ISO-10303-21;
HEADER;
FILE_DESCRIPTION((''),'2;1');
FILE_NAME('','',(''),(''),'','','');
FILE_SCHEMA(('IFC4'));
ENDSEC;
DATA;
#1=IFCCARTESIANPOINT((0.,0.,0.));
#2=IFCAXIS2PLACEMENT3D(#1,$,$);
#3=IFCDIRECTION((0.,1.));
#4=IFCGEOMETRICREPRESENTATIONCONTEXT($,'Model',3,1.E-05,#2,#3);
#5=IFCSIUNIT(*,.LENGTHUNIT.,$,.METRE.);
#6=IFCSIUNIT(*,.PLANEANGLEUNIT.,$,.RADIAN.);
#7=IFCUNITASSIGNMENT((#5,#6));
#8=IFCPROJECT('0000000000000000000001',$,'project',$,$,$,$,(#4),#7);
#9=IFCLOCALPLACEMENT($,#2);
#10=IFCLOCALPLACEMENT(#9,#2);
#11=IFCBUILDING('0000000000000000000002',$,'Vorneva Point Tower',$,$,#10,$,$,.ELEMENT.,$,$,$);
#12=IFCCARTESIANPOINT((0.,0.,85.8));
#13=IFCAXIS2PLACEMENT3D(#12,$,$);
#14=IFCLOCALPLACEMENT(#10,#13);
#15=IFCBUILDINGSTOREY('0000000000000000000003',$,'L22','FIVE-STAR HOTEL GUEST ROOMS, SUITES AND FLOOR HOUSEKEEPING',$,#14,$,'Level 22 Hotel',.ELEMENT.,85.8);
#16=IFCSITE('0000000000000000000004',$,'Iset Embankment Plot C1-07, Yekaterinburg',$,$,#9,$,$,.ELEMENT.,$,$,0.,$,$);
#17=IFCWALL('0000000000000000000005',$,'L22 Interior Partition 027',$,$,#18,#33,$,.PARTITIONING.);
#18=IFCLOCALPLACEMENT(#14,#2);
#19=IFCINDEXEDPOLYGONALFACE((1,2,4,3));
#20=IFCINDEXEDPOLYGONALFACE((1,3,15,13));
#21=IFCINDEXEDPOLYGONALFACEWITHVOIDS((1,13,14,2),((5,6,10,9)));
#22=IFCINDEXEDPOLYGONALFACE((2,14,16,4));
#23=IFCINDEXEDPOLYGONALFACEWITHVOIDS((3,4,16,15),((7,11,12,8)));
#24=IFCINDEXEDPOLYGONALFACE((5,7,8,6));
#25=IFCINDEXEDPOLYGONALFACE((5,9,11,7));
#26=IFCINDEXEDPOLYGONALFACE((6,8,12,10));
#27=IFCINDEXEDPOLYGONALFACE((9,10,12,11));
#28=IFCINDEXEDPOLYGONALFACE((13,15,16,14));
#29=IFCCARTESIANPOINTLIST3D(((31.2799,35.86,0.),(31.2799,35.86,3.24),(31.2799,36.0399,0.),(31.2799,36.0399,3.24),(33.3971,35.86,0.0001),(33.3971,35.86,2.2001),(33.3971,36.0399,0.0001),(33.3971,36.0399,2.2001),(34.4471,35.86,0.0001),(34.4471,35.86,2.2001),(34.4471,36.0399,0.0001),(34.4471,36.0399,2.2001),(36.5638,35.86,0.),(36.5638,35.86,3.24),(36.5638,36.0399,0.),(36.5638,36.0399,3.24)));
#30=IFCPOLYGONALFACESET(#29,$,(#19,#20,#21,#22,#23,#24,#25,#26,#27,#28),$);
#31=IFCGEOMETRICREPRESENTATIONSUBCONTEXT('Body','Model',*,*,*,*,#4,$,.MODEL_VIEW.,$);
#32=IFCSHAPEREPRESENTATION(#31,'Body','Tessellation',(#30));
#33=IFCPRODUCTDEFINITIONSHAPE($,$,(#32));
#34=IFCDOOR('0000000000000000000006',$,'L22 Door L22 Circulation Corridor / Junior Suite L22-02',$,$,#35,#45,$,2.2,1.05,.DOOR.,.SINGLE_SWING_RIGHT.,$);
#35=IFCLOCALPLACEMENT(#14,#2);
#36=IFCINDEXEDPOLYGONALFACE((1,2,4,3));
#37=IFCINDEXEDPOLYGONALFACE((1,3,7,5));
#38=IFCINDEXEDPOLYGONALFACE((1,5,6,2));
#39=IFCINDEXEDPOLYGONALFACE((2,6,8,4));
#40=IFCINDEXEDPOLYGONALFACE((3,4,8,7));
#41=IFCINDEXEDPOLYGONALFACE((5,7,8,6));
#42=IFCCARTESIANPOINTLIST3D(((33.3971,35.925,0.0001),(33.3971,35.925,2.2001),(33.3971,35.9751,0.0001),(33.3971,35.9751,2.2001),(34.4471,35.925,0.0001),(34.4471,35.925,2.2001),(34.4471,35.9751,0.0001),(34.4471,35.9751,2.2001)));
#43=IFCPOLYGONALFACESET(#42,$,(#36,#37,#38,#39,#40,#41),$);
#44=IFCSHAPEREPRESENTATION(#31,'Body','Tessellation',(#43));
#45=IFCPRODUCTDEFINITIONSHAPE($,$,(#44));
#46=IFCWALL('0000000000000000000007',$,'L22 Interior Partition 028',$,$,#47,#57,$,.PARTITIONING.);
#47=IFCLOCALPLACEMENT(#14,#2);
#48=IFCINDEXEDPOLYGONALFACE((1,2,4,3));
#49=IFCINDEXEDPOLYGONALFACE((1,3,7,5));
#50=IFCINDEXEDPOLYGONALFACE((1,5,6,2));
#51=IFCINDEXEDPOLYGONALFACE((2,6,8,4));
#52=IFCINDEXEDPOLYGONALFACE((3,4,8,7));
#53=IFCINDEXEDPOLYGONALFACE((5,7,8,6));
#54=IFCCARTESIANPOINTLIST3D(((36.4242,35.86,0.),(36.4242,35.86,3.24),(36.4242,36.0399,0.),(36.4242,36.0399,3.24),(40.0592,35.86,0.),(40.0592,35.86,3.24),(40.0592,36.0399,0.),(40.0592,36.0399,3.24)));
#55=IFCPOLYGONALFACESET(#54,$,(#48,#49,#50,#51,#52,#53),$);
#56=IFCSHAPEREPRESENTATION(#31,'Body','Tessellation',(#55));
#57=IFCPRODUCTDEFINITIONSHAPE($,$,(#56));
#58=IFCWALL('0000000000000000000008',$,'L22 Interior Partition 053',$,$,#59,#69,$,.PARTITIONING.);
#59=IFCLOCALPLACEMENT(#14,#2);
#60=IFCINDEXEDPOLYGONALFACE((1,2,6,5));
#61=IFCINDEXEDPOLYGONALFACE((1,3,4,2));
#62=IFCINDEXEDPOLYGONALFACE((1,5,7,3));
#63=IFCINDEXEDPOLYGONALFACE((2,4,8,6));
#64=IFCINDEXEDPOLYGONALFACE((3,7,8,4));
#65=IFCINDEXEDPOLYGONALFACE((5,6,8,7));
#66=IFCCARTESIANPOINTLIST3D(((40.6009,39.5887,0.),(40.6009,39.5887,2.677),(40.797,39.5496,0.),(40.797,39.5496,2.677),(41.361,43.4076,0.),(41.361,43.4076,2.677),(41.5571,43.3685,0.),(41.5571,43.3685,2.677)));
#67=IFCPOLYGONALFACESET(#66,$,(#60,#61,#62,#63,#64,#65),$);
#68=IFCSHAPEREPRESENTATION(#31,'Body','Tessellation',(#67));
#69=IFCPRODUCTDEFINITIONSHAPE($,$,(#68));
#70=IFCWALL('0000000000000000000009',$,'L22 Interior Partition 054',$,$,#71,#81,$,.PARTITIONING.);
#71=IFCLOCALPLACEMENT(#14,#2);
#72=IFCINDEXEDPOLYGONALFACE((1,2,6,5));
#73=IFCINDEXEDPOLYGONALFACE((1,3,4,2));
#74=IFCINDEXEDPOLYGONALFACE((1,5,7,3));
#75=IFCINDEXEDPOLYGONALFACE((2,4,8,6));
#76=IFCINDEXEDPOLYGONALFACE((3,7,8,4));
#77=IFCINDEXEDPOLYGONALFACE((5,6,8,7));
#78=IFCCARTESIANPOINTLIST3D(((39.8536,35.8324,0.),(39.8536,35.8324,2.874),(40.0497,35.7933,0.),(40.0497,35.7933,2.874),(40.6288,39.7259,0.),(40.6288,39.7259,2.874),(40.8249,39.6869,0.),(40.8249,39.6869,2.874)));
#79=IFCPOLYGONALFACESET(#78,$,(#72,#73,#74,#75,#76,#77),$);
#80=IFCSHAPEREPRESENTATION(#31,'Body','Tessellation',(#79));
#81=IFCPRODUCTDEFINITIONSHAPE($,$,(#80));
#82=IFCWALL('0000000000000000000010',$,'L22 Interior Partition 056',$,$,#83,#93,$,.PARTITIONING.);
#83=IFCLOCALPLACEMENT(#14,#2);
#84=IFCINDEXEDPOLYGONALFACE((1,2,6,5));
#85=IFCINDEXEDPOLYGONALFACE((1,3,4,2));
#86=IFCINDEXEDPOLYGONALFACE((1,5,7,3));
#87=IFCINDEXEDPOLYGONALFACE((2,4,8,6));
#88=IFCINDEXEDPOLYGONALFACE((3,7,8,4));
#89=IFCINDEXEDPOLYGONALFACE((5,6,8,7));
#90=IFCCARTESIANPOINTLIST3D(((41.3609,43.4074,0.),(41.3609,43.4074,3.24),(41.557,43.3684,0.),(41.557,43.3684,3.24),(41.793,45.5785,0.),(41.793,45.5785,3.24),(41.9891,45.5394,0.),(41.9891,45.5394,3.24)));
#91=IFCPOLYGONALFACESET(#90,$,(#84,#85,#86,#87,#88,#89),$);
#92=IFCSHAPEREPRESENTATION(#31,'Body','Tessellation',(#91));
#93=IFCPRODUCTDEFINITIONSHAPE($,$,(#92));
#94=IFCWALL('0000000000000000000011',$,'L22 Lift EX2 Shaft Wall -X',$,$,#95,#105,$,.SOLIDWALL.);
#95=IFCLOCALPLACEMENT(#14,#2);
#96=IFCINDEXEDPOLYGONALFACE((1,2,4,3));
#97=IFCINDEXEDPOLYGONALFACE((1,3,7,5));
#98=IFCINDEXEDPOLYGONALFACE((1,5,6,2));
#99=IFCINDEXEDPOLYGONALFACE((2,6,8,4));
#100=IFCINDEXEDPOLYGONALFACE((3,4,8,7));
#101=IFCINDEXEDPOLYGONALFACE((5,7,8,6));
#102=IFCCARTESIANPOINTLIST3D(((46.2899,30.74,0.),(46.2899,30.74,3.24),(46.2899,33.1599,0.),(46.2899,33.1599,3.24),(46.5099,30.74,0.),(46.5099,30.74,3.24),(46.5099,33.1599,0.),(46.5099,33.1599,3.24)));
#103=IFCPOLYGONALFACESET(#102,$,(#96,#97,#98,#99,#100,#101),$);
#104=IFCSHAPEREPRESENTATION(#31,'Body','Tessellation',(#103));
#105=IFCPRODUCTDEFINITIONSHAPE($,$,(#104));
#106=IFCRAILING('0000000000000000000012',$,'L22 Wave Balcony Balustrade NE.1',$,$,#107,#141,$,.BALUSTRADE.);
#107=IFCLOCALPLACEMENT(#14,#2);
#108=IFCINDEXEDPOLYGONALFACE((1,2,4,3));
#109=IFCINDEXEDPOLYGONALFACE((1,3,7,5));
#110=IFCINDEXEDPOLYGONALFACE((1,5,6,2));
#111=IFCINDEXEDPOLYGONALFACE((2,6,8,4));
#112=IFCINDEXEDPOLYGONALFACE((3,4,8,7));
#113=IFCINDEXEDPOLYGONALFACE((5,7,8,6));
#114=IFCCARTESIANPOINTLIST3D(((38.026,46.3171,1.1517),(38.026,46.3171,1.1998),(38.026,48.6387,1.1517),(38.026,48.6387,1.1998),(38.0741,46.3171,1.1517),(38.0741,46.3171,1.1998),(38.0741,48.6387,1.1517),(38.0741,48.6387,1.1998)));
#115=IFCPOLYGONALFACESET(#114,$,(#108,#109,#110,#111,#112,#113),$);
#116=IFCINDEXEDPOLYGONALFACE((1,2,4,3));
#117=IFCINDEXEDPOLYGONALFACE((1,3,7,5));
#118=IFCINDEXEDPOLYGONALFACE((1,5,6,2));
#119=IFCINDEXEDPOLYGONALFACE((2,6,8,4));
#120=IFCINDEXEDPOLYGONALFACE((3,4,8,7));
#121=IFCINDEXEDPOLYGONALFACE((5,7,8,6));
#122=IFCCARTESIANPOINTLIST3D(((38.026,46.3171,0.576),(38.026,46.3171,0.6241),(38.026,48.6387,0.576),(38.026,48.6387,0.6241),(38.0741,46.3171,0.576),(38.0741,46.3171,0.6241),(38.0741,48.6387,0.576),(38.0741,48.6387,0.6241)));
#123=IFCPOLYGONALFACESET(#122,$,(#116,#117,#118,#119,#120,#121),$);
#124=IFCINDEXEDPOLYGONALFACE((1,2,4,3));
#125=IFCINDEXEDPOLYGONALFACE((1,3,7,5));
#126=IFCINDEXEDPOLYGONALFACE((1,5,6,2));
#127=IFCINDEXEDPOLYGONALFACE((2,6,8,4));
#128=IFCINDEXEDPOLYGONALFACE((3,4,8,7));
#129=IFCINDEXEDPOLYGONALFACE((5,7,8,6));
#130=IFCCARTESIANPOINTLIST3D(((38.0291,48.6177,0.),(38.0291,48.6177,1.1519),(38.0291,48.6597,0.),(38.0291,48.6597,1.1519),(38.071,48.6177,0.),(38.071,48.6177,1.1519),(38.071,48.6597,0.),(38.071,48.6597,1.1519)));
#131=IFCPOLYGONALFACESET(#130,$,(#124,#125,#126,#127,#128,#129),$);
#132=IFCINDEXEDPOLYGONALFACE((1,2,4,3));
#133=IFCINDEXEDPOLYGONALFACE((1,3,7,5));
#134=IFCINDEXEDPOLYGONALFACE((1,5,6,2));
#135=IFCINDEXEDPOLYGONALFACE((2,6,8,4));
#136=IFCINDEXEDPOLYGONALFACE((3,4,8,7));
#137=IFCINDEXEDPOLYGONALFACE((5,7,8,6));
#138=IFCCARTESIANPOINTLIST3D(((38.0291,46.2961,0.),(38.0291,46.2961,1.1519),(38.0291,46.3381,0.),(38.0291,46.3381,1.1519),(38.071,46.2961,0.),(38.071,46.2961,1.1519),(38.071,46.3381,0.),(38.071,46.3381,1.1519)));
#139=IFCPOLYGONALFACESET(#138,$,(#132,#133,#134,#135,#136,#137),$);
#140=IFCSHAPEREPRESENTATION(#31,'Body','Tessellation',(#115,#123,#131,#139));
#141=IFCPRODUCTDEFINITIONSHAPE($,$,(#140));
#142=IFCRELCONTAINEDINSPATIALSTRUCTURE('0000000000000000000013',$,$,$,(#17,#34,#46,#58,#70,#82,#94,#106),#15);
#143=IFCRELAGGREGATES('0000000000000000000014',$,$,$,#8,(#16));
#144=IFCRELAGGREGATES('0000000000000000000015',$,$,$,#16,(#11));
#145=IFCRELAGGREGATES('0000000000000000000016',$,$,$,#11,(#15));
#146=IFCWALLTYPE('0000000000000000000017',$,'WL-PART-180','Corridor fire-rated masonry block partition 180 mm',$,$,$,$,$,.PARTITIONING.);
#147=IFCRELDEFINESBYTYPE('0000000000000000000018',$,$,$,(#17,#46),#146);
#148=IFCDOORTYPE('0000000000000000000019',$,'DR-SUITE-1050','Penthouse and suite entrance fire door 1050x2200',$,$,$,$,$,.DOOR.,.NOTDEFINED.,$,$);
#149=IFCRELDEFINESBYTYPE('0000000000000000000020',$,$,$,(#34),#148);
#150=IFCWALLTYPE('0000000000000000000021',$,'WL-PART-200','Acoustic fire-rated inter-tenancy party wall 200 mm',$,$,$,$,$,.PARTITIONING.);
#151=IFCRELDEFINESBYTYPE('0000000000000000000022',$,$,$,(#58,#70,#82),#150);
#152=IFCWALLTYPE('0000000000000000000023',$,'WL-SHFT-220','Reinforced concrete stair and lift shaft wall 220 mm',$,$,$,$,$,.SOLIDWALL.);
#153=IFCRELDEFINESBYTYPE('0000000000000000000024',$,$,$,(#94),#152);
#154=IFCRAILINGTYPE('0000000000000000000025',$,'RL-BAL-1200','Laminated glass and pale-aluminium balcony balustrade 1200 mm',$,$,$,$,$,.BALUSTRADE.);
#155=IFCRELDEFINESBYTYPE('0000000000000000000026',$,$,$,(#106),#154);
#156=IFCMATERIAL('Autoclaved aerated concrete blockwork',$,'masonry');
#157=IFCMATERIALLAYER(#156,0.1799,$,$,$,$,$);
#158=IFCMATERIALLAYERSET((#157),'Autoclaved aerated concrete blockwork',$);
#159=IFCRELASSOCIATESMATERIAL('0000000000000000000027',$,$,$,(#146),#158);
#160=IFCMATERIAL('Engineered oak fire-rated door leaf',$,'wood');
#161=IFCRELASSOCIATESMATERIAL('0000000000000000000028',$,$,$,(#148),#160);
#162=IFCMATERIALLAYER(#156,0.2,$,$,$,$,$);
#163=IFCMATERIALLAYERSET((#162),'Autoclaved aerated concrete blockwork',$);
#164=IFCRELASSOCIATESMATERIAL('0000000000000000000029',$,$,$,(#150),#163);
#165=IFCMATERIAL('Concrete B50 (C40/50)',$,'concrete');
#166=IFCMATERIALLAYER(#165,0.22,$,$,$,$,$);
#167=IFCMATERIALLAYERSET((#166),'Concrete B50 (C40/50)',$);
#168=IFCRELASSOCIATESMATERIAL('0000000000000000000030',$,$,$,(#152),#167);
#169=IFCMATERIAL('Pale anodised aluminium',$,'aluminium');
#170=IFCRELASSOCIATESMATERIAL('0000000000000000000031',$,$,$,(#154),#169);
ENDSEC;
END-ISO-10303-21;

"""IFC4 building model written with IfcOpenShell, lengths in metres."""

from ifc_helpers import new_model, si_unit, direction, frame, frame_2d, origin, origin_2d, place, context, subcontext, project, spatial, rectangle, extrude, material, layer, layer_set, type_object, element, fill, save


model = new_model("IFC4")

# Units and contexts
model_context = context("Model", 3, precision=1e-05, world=origin(), true_north=direction((0.0, 1.0)))
body_context = subcontext(model_context, "Body", "Model", "MODEL_VIEW")
ifc_project = project(units=[si_unit("LENGTHUNIT", "METRE"), si_unit("PLANEANGLEUNIT", "RADIAN")], contexts=[model_context])

# Site, building, storey
site_placement = place(None, origin())
site = spatial("IfcSite", under=ifc_project, at=site_placement, Name="Iset Embankment Plot C1-07, Yekaterinburg", CompositionType="ELEMENT", RefElevation=0.0)
building_placement = place(site_placement, origin())
building = spatial("IfcBuilding", under=site, at=building_placement, Name="Vorneva Point Tower", CompositionType="ELEMENT")
storey_placement = place(building_placement, frame((0.0, 0.0, 85.8)))
storey = spatial("IfcBuildingStorey", under=building, at=storey_placement, Name="L22", Description="FIVE-STAR HOTEL GUEST ROOMS, SUITES AND FLOOR HOUSEKEEPING", LongName="Level 22 Hotel", CompositionType="ELEMENT", Elevation=85.8)

# Shared definitions
ifc_material_1 = material(Name="Pale anodised aluminium", Category="aluminium")

# Shared definitions
ifc_material_2 = material(Name="Engineered oak fire-rated door leaf", Category="wood")

# Wall, opening, door
ifc_material_3 = material(Name="Autoclaved aerated concrete blockwork", Category="masonry")
ifc_layer_1 = layer(ifc_material_3, 0.1799)
ifc_layer_set_1 = layer_set([ifc_layer_1], Name="Autoclaved aerated concrete blockwork")
wall_type_1 = type_object("IfcWallType", Name="WL-PART-180", Description="Corridor fire-rated masonry block partition 180 mm", PredefinedType="PARTITIONING", material=ifc_layer_set_1)
door_type_1 = type_object("IfcDoorType", Name="DR-SUITE-1050", Description="Penthouse and suite entrance fire door 1050x2200", OperationType="NOTDEFINED", PredefinedType="DOOR", material=ifc_material_2)
wall_1_placement = place(storey_placement, frame((36.564, 35.95, 0.0), z_axis=(0.0, 0.0, 1.0), x_axis=(-1.0, 0.0, 0.0)))
wall_1 = element("IfcWall", 1, at=wall_1_placement, inside=storey, type_object=wall_type_1, Name="L22 Interior Partition 027", PredefinedType="PARTITIONING", context=body_context, shape_type="SweptSolid", body=[
    extrude(rectangle(XDim=5.2839, YDim=0.1799, at=frame_2d((2.6421, 0.0))), origin(), (0.0, 0.0, 1.0), 3.24),
])
opening_1_placement = place(wall_1_placement, frame((2.1169, 0.0, 0.0)))
opening_1 = element("IfcOpeningElement", 2, at=opening_1_placement, cuts=wall_1, PredefinedType="OPENING", context=body_context, shape_type="SweptSolid", body=[
    extrude(rectangle(XDim=1.05, YDim=2.2, at=frame_2d((0.5249, 1.1001))), frame((0.0, 0.105, 0.0), z_axis=(0.0, -1.0, 0.0), x_axis=(1.0, 0.0, 0.0)), (0.0, 0.0, 1.0), 0.2097),
])
door_1_placement = place(opening_1_placement, origin())
door_1 = element("IfcDoor", 3, at=door_1_placement, inside=storey, type_object=door_type_1, Name="L22 Door L22 Circulation Corridor / Junior Suite L22-02", OperationType="SINGLE_SWING_RIGHT", OverallHeight=2.2, OverallWidth=1.05, PredefinedType="DOOR", context=body_context, shape_type="SweptSolid", body=[
    extrude(rectangle(XDim=1.05, YDim=2.2, at=frame_2d((0.5249, 1.1001))), frame((0.0, 0.0249, 0.0), z_axis=(0.0, -1.0, 0.0), x_axis=(1.0, 0.0, 0.0)), (0.0, 0.0, 1.0), 0.05),
])
fill(opening_1, door_1)

# Walls
wall_2_placement = place(storey_placement, frame((40.0591, 35.95, 0.0), z_axis=(0.0, 0.0, 1.0), x_axis=(-1.0, 0.0, 0.0)))
element("IfcWall", 4, at=wall_2_placement, inside=storey, type_object=wall_type_1, Name="L22 Interior Partition 028", PredefinedType="PARTITIONING", context=body_context, shape_type="SweptSolid", body=[
    extrude(rectangle(XDim=3.635, YDim=0.1799, at=frame_2d((1.8174, 0.0))), origin(), (0.0, 0.0, 1.0), 3.24),
])
ifc_layer_2 = layer(ifc_material_3, 0.2)
ifc_layer_set_2 = layer_set([ifc_layer_2], Name="Autoclaved aerated concrete blockwork")
wall_type_2 = type_object("IfcWallType", Name="WL-PART-200", Description="Acoustic fire-rated inter-tenancy party wall 200 mm", PredefinedType="PARTITIONING", material=ifc_layer_set_2)
wall_3_placement = place(storey_placement, frame((41.459, 43.3879, 0.0), z_axis=(0.0, 0.0, 1.0), x_axis=(-0.195188, -0.980766, 0.0)))
element("IfcWall", 5, at=wall_3_placement, inside=storey, type_object=wall_type_2, Name="L22 Interior Partition 053", PredefinedType="PARTITIONING", context=body_context, shape_type="SweptSolid", body=[
    extrude(rectangle(XDim=3.8938, YDim=0.2, at=frame_2d((1.9468, 0.0))), origin(), (0.0, 0.0, 1.0), 2.677),
])
wall_4_placement = place(storey_placement, frame((40.7268, 39.7063, 0.0), z_axis=(0.0, 0.0, 1.0), x_axis=(-0.195253, -0.980753, 0.0)))
element("IfcWall", 6, at=wall_4_placement, inside=storey, type_object=wall_type_2, Name="L22 Interior Partition 054", PredefinedType="PARTITIONING", context=body_context, shape_type="SweptSolid", body=[
    extrude(rectangle(XDim=3.97, YDim=0.2, at=frame_2d((1.9849, 0.0))), origin(), (0.0, 0.0, 1.0), 2.874),
])
wall_5_placement = place(storey_placement, frame((41.8911, 45.5591, 0.0), z_axis=(0.0, 0.0, 1.0), x_axis=(-0.195204, -0.980763, 0.0)))
element("IfcWall", 7, at=wall_5_placement, inside=storey, type_object=wall_type_2, Name="L22 Interior Partition 056", PredefinedType="PARTITIONING", context=body_context, shape_type="SweptSolid", body=[
    extrude(rectangle(XDim=2.2136, YDim=0.2, at=frame_2d((1.1069, 0.0))), origin(), (0.0, 0.0, 1.0), 3.24),
])
ifc_material_4 = material(Name="Concrete B50 (C40/50)", Category="concrete")
ifc_layer_3 = layer(ifc_material_4, 0.22)
ifc_layer_set_3 = layer_set([ifc_layer_3], Name="Concrete B50 (C40/50)")
wall_type_3 = type_object("IfcWallType", Name="WL-SHFT-220", Description="Reinforced concrete stair and lift shaft wall 220 mm", PredefinedType="SOLIDWALL", material=ifc_layer_set_3)
wall_6_placement = place(storey_placement, frame((46.3999, 33.1599, 0.0), z_axis=(0.0, 0.0, 1.0), x_axis=(0.0, -1.0, 0.0)))
element("IfcWall", 8, at=wall_6_placement, inside=storey, type_object=wall_type_3, Name="L22 Lift EX2 Shaft Wall -X", PredefinedType="SOLIDWALL", context=body_context, shape_type="SweptSolid", body=[
    extrude(rectangle(XDim=2.4199, YDim=0.22, at=frame_2d((1.21, 0.0))), origin(), (0.0, 0.0, 1.0), 3.24),
])

# Railing
railing_type = type_object("IfcRailingType", Name="RL-BAL-1200", Description="Laminated glass and pale-aluminium balcony balustrade 1200 mm", PredefinedType="BALUSTRADE", material=ifc_material_1)
railing_placement = place(storey_placement, frame((38.05, 48.6387, 0.0)))
element("IfcRailing", 9, at=railing_placement, inside=storey, type_object=railing_type, Name="L22 Wave Balcony Balustrade NE.1", PredefinedType="BALUSTRADE", context=body_context, shape_type="SweptSolid", body=[
    extrude(rectangle(XDim=0.0481, YDim=0.0481, at=origin_2d()), frame((0.0, 0.0, 1.1758), z_axis=(0.0, -1.0, 0.0), x_axis=(1.0, 0.0, 0.0)), (0.0, 0.0, 1.0), 2.3215),
    extrude(rectangle(XDim=0.0481, YDim=0.0481, at=origin_2d()), frame((0.0, 0.0, 0.6001), z_axis=(0.0, -1.0, 0.0), x_axis=(1.0, 0.0, 0.0)), (0.0, 0.0, 1.0), 2.3215),
    extrude(rectangle(XDim=0.042, YDim=0.042, at=origin_2d()), origin(), (0.0, 0.0, 1.0), 1.1519),
    extrude(rectangle(XDim=0.042, YDim=0.042, at=origin_2d()), frame((0.0, -2.3215, 0.0)), (0.0, 0.0, 1.0), 1.1519),
])

save(model, "model.ifc")
